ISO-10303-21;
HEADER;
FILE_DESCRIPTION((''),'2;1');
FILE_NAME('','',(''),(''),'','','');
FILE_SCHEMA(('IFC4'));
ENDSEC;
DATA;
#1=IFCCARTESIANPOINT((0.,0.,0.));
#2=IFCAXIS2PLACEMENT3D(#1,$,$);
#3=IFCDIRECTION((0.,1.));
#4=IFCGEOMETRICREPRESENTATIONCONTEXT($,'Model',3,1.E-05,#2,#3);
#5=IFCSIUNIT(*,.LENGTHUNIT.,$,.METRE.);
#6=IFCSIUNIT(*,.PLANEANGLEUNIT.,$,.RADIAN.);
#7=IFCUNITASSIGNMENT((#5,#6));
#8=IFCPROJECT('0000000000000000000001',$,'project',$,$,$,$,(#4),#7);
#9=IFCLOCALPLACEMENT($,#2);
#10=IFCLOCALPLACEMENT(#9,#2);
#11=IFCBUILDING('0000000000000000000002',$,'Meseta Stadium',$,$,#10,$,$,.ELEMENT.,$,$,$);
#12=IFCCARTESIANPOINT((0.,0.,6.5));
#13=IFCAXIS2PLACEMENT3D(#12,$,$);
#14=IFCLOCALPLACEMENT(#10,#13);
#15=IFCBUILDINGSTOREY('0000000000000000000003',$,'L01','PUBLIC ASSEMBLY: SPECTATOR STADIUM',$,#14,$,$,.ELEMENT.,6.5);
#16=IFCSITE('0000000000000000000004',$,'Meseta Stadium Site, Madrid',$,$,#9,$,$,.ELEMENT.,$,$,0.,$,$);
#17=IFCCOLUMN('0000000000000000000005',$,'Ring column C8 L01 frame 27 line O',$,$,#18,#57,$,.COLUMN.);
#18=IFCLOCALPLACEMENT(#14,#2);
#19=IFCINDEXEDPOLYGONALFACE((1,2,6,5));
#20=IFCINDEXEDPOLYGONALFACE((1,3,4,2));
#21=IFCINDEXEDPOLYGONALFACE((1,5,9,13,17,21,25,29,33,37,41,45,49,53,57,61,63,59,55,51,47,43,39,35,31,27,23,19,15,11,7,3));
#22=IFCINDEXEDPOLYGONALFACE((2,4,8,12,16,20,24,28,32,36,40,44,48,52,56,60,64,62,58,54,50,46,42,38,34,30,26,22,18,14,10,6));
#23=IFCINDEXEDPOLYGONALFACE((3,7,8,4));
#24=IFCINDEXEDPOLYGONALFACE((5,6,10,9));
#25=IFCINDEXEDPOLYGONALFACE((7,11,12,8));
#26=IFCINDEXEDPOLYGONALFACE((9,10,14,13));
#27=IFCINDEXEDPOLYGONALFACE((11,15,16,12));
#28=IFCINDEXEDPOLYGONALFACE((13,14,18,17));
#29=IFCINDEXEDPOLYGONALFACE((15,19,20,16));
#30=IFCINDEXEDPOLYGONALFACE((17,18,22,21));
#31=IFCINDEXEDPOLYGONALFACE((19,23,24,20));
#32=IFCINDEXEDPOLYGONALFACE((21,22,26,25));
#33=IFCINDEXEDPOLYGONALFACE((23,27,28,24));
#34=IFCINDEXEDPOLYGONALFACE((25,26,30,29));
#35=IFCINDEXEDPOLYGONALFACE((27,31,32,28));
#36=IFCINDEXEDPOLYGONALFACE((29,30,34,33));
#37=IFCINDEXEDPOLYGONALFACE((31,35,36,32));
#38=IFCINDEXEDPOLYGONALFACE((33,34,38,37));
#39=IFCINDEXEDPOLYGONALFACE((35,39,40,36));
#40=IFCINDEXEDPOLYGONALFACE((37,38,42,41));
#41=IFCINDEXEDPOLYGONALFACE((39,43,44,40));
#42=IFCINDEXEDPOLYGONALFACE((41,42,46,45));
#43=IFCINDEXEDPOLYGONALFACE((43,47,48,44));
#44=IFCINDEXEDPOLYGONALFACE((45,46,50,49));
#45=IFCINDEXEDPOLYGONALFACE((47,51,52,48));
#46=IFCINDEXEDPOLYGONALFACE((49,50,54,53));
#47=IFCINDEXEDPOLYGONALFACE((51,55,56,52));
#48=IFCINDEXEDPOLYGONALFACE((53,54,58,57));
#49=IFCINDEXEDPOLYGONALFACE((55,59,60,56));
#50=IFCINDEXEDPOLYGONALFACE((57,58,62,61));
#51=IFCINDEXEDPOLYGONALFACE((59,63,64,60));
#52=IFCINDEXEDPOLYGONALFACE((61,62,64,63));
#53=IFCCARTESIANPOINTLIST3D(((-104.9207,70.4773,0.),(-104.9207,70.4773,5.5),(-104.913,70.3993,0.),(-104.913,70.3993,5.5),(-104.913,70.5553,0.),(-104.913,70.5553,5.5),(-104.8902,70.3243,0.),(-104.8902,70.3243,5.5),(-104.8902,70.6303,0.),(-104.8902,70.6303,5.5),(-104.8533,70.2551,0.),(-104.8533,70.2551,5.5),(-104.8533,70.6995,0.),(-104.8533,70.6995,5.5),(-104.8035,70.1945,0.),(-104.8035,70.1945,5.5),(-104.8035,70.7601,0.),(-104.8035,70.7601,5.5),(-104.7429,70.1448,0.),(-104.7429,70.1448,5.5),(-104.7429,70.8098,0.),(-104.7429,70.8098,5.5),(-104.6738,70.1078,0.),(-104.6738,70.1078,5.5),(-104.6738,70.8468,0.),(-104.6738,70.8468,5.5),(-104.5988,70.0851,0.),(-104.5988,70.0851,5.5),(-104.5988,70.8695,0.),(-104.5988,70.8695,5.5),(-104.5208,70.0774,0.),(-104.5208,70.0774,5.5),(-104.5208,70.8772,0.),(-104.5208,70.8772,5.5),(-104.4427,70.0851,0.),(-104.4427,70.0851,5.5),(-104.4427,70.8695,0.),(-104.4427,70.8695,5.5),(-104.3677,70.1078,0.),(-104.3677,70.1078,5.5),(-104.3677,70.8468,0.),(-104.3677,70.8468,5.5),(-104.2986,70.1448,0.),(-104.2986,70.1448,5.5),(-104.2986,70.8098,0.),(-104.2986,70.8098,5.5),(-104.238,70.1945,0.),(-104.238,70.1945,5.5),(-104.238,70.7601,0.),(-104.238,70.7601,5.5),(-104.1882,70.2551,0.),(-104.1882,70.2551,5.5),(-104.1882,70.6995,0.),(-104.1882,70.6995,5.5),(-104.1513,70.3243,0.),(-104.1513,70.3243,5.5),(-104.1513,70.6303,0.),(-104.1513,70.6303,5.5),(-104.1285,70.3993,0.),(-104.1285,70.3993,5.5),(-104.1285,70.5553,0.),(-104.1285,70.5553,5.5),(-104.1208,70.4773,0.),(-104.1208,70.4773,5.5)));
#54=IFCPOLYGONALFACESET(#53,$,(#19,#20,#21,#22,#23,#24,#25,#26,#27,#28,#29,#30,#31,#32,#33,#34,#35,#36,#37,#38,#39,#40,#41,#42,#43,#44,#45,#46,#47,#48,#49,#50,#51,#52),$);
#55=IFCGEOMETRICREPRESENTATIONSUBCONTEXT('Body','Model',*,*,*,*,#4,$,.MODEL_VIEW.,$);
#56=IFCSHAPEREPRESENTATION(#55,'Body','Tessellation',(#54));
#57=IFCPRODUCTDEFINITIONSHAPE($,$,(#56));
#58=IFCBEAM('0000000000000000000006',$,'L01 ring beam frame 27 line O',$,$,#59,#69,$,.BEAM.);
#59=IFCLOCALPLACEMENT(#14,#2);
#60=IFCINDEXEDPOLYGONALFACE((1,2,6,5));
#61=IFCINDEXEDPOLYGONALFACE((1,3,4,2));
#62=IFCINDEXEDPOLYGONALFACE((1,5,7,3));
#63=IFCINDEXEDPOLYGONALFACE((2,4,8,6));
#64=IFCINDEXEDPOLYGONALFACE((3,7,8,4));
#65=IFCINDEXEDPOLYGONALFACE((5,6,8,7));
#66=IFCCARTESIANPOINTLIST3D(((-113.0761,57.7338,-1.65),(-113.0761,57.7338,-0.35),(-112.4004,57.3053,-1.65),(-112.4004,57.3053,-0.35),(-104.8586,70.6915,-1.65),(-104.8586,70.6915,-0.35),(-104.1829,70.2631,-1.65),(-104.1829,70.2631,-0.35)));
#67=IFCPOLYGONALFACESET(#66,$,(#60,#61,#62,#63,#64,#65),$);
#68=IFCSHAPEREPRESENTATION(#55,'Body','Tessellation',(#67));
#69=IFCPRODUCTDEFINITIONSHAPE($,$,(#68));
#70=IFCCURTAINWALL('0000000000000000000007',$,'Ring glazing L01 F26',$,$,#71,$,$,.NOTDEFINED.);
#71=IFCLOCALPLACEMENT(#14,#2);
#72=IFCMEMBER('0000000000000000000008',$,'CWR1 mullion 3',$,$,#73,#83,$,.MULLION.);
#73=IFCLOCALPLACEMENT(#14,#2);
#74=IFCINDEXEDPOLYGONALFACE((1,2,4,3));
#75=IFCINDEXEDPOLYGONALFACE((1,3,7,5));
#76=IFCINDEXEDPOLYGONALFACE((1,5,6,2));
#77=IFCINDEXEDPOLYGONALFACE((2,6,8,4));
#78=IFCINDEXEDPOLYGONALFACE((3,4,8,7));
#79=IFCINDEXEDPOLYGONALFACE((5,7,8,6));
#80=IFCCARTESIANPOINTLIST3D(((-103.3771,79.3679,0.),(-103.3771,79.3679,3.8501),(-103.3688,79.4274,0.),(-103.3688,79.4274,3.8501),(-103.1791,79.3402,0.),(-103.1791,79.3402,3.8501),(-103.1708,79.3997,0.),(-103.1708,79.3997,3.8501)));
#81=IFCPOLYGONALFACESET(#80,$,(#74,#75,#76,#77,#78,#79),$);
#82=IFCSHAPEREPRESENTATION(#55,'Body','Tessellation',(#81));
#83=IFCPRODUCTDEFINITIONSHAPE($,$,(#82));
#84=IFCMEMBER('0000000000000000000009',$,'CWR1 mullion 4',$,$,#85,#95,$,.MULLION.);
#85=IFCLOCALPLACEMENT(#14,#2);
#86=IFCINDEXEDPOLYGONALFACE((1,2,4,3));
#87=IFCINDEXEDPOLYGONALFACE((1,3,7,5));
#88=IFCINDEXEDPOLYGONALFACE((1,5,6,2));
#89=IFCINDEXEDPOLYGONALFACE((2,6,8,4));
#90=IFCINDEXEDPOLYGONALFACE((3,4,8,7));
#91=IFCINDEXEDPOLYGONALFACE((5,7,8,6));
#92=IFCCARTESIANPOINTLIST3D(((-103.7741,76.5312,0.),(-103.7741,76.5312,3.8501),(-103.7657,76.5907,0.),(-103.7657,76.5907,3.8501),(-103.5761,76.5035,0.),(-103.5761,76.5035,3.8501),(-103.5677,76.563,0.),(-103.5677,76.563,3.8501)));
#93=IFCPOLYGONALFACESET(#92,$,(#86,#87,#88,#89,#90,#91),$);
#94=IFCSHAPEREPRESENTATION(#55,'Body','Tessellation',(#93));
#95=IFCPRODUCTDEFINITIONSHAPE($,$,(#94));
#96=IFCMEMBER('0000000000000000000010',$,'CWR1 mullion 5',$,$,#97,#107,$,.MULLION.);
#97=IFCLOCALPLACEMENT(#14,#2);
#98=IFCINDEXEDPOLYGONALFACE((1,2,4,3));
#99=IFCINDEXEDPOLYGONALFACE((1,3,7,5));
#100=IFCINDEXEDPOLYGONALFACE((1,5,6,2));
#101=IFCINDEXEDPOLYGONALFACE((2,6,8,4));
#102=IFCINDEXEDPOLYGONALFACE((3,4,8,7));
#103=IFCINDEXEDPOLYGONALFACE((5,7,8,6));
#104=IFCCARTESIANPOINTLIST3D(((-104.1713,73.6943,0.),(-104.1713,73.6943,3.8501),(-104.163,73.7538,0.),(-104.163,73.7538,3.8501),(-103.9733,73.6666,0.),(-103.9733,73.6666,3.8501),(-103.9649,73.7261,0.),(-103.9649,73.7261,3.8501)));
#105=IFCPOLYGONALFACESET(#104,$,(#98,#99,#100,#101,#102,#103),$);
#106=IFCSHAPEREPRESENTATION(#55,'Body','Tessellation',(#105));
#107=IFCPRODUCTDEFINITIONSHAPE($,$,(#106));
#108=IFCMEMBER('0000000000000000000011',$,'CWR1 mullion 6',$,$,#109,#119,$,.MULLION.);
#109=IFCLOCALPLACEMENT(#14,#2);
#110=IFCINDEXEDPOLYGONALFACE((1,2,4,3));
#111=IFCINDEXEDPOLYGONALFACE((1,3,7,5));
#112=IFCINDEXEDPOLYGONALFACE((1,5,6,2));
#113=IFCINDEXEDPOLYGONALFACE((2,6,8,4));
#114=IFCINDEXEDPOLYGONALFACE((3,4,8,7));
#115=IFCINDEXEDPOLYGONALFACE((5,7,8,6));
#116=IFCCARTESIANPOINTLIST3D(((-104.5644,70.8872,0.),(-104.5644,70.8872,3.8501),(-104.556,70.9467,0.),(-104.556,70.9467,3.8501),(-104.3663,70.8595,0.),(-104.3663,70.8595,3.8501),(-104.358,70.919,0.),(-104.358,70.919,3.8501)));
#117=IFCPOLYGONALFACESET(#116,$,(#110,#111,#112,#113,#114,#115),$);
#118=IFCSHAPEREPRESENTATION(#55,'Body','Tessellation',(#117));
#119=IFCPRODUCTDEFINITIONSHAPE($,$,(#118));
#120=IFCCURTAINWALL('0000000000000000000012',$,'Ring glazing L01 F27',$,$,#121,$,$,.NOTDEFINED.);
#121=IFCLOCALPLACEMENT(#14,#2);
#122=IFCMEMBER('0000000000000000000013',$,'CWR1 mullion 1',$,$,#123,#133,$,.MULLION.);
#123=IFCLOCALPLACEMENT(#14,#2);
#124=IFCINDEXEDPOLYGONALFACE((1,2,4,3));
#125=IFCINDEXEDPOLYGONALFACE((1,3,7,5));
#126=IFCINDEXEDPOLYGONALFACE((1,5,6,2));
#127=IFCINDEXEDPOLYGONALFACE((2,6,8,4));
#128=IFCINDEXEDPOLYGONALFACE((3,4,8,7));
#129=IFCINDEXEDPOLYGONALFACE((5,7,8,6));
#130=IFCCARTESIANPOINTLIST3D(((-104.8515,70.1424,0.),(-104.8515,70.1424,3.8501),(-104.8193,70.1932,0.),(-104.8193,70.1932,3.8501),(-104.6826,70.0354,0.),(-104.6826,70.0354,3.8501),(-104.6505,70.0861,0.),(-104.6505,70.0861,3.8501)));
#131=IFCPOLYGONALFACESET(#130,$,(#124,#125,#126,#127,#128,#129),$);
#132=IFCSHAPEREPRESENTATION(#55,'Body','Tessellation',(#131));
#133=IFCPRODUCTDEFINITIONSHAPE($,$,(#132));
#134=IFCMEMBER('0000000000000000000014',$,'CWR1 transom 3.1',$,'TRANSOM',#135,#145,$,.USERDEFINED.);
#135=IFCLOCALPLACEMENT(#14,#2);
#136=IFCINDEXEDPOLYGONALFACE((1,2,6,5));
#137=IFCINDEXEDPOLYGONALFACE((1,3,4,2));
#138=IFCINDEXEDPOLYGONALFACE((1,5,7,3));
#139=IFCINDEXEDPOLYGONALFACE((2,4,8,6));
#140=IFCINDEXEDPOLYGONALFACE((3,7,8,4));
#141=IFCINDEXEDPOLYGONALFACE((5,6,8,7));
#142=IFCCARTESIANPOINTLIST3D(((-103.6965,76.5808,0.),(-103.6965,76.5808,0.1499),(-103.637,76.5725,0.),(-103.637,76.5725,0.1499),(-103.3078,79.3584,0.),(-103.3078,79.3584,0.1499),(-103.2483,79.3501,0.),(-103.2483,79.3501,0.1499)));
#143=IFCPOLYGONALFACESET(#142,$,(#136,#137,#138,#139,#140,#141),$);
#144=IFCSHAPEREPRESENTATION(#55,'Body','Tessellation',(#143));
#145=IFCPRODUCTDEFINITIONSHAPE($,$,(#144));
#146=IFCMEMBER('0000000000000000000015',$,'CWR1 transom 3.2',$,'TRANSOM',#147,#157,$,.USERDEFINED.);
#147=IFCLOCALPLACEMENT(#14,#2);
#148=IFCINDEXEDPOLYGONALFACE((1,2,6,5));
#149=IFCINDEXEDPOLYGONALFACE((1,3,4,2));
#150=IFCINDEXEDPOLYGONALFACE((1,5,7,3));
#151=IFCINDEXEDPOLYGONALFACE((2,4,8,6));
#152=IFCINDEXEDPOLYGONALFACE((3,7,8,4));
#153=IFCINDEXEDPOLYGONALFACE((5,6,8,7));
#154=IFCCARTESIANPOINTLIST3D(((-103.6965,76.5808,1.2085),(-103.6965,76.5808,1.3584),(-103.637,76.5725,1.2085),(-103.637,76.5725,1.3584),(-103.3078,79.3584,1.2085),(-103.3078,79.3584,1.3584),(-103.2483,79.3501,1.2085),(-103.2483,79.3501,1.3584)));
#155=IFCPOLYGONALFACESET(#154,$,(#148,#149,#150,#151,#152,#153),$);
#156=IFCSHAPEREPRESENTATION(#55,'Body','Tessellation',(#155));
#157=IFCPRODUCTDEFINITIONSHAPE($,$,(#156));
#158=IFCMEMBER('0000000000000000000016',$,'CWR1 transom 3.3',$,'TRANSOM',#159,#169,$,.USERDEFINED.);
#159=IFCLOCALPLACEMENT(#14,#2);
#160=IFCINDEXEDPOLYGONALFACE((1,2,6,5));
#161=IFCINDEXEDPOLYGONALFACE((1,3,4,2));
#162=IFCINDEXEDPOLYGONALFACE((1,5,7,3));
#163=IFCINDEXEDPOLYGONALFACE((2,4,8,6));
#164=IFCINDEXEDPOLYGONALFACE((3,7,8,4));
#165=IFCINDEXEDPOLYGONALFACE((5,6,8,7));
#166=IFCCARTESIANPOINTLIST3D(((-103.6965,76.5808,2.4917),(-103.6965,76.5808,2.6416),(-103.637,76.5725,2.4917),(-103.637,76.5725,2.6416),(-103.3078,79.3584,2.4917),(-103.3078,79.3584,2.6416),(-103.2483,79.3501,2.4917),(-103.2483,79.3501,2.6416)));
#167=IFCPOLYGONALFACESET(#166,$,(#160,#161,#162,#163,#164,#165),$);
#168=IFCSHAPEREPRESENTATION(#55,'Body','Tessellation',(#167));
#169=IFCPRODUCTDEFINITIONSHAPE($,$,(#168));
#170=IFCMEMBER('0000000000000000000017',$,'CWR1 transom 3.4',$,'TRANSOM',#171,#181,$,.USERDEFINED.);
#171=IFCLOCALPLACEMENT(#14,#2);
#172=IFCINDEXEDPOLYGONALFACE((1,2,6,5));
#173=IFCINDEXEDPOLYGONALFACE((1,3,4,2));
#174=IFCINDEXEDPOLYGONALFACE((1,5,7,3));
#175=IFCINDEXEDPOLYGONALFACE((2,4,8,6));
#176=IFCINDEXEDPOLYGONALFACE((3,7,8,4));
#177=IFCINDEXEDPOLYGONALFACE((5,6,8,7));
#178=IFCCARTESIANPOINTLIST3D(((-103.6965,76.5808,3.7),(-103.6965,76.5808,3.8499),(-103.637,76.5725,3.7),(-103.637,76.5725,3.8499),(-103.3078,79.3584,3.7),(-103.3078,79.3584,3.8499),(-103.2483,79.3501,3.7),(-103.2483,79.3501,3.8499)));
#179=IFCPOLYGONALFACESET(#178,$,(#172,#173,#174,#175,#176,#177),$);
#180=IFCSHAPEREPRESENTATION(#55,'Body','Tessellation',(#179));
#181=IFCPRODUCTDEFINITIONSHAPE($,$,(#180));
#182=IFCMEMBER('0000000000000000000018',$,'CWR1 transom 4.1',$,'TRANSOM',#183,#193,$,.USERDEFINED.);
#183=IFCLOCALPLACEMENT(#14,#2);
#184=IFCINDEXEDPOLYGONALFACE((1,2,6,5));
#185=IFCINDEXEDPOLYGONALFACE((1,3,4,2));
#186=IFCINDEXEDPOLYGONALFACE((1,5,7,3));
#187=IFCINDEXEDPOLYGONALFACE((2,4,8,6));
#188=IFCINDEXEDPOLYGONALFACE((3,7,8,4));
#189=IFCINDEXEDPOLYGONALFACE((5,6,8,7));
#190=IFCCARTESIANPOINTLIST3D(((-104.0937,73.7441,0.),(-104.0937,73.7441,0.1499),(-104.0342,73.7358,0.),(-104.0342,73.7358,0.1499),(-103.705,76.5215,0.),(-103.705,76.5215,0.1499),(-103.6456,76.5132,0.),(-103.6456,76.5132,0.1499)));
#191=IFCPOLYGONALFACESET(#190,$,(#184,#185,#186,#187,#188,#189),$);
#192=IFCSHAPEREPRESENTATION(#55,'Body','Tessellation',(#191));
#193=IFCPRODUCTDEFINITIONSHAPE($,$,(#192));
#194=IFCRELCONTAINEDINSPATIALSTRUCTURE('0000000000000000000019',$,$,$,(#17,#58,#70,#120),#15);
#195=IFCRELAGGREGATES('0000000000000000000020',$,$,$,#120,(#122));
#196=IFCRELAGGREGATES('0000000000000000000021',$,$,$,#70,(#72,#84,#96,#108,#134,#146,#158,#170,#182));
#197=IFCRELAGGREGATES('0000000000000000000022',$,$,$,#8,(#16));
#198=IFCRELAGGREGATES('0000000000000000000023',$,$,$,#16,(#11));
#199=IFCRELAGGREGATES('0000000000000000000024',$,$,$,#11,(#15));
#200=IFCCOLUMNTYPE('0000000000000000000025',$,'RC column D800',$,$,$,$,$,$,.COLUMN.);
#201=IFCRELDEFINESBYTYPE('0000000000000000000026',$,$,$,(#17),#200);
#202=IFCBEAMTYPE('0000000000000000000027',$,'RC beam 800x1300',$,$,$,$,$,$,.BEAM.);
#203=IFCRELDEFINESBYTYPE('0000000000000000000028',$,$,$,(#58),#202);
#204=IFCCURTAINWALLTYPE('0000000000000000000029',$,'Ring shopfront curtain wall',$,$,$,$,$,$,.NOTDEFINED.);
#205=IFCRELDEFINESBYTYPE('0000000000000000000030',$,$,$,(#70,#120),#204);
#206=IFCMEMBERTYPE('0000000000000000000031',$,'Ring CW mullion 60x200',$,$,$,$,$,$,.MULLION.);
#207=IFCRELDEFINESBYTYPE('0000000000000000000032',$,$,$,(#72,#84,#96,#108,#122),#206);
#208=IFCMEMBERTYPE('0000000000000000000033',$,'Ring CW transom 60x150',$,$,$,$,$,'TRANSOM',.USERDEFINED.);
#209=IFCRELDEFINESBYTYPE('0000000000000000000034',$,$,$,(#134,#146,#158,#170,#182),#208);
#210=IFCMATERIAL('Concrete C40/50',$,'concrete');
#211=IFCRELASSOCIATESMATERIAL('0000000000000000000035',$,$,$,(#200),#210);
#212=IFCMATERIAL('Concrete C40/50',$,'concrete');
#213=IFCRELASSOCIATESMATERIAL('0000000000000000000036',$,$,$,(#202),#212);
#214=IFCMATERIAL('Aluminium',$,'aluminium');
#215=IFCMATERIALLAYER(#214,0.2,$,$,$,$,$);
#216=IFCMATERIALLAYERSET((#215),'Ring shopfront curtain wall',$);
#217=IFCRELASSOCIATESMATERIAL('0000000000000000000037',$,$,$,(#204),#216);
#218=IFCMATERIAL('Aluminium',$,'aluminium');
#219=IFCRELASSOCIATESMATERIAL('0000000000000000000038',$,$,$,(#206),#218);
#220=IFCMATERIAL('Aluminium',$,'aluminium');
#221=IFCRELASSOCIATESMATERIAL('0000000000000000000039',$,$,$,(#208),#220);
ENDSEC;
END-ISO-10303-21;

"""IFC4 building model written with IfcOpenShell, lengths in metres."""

from ifc_helpers import new_model, si_unit, direction, frame, origin, origin_2d, place, context, subcontext, project, spatial, rectangle, circle, extrude, material, layer, layer_set, material_profile, profile_set, type_object, element, aggregate, save


model = new_model("IFC4")

# Units and contexts
model_context = context("Model", 3, precision=1e-05, world=origin(), true_north=direction((0.0, 1.0)))
body_context = subcontext(model_context, "Body", "Model", "MODEL_VIEW")
ifc_project = project(units=[si_unit("LENGTHUNIT", "METRE"), si_unit("PLANEANGLEUNIT", "RADIAN")], contexts=[model_context])

# Site, building, storey
site_placement = place(None, origin())
site = spatial("IfcSite", under=ifc_project, at=site_placement, Name="Meseta Stadium Site, Madrid", CompositionType="ELEMENT", RefElevation=0.0)
building_placement = place(site_placement, origin())
building = spatial("IfcBuilding", under=site, at=building_placement, Name="Meseta Stadium", CompositionType="ELEMENT")
storey_placement = place(building_placement, frame((0.0, 0.0, 6.5)))
storey = spatial("IfcBuildingStorey", under=building, at=storey_placement, Name="L01", Description="PUBLIC ASSEMBLY: SPECTATOR STADIUM", CompositionType="ELEMENT", Elevation=6.5)

# Column
ifc_material_1 = material(Name="Concrete C40/50", Category="concrete")
ifc_material_profile_1 = material_profile(ifc_material_1, circle(Radius=0.3999, at=origin_2d()), Name="RC D800")
ifc_profile_set_1 = profile_set([ifc_material_profile_1], Name="Concrete C40/50")
column_type = type_object("IfcColumnType", Name="RC column D800", PredefinedType="COLUMN", material=ifc_profile_set_1)
column_placement = place(storey_placement, frame((-104.5208, 70.4773, 0.0), z_axis=(0.0, 0.0, 1.0), x_axis=(1.0, 0.0, 0.0)))
element("IfcColumn", 1, at=column_placement, inside=storey, type_object=column_type, Name="Ring column C8 L01 frame 27 line O", PredefinedType="COLUMN", context=body_context, shape_type="SweptSolid", body=[
    extrude(circle(Radius=0.3999, at=origin_2d()), origin(), (0.0, 0.0, 1.0), 5.5),
])

# Beam
ifc_material_2 = material(Name="Concrete C40/50", Category="concrete")
ifc_material_profile_2 = material_profile(ifc_material_2, rectangle(XDim=0.8, YDim=1.3, at=origin_2d()), Name="RC 800x1300")
ifc_profile_set_2 = profile_set([ifc_material_profile_2], Name="Concrete C40/50")
beam_type = type_object("IfcBeamType", Name="RC beam 800x1300", PredefinedType="BEAM", material=ifc_profile_set_2)
beam_placement = place(storey_placement, frame((-104.5208, 70.4773, -1.0), z_axis=(-0.535561, -0.844496, 0.0), x_axis=(0.844496, -0.535561, 0.0)))
element("IfcBeam", 2, at=beam_placement, inside=storey, type_object=beam_type, Name="L01 ring beam frame 27 line O", PredefinedType="BEAM", context=body_context, shape_type="SweptSolid", body=[
    extrude(rectangle(XDim=0.8, YDim=1.3, at=origin_2d()), origin(), (0.0, 0.0, 1.0), 15.3438),
])

# Curtain wall, members
ifc_material_3 = material(Name="Aluminium", Category="aluminium")
ifc_layer_1 = layer(ifc_material_3, 0.2)
ifc_layer_set_1 = layer_set([ifc_layer_1], Name="Ring shopfront curtain wall")
curtain_wall_type = type_object("IfcCurtainWallType", Name="Ring shopfront curtain wall", PredefinedType="NOTDEFINED", material=ifc_layer_set_1)
curtain_wall_1_placement = place(storey_placement, origin())
curtain_wall_1 = element("IfcCurtainWall", 3, at=curtain_wall_1_placement, inside=storey, type_object=curtain_wall_type, Name="Ring glazing L01 F26", PredefinedType="NOTDEFINED")
ifc_material_4 = material(Name="Aluminium", Category="aluminium")
ifc_material_profile_3 = material_profile(ifc_material_4, rectangle(XDim=0.2, YDim=0.0601, at=origin_2d()), Name="CW 200x60")
ifc_profile_set_3 = profile_set([ifc_material_profile_3], Name="Aluminium")
member_type_1 = type_object("IfcMemberType", Name="Ring CW mullion 60x200", PredefinedType="MULLION", material=ifc_profile_set_3)
member_1_placement = place(storey_placement, frame((-103.2739, 79.3838, 0.0), z_axis=(0.0, 0.0, 1.0), x_axis=(0.990342, -0.138643, 0.0)))
member_1 = element("IfcMember", 4, at=member_1_placement, type_object=member_type_1, Name="CWR1 mullion 3", PredefinedType="MULLION", context=body_context, shape_type="SweptSolid", body=[
    extrude(rectangle(XDim=0.2, YDim=0.0601, at=origin_2d()), origin(), (0.0, 0.0, 1.0), 3.8501),
])
member_2_placement = place(storey_placement, frame((-103.6709, 76.5471, 0.0), z_axis=(0.0, 0.0, 1.0), x_axis=(0.990342, -0.138643, 0.0)))
member_2 = element("IfcMember", 5, at=member_2_placement, type_object=member_type_1, Name="CWR1 mullion 4", PredefinedType="MULLION", context=body_context, shape_type="SweptSolid", body=[
    extrude(rectangle(XDim=0.2, YDim=0.0601, at=origin_2d()), origin(), (0.0, 0.0, 1.0), 3.8501),
])
member_3_placement = place(storey_placement, frame((-104.0681, 73.7102, 0.0), z_axis=(0.0, 0.0, 1.0), x_axis=(0.990342, -0.138643, 0.0)))
member_3 = element("IfcMember", 6, at=member_3_placement, type_object=member_type_1, Name="CWR1 mullion 5", PredefinedType="MULLION", context=body_context, shape_type="SweptSolid", body=[
    extrude(rectangle(XDim=0.2, YDim=0.0601, at=origin_2d()), origin(), (0.0, 0.0, 1.0), 3.8501),
])
member_4_placement = place(storey_placement, frame((-104.4612, 70.9031, 0.0), z_axis=(0.0, 0.0, 1.0), x_axis=(0.990342, -0.138643, 0.0)))
member_4 = element("IfcMember", 7, at=member_4_placement, type_object=member_type_1, Name="CWR1 mullion 6", PredefinedType="MULLION", context=body_context, shape_type="SweptSolid", body=[
    extrude(rectangle(XDim=0.2, YDim=0.0601, at=origin_2d()), origin(), (0.0, 0.0, 1.0), 3.8501),
])

# Curtain wall, member
curtain_wall_2_placement = place(storey_placement, origin())
curtain_wall_2 = element("IfcCurtainWall", 8, at=curtain_wall_2_placement, inside=storey, type_object=curtain_wall_type, Name="Ring glazing L01 F27", PredefinedType="NOTDEFINED")
member_5_placement = place(storey_placement, frame((-104.751, 70.1143, 0.0), z_axis=(0.0, 0.0, 1.0), x_axis=(0.844491, -0.535569, 0.0)))
member_5 = element("IfcMember", 9, at=member_5_placement, type_object=member_type_1, Name="CWR1 mullion 1", PredefinedType="MULLION", context=body_context, shape_type="SweptSolid", body=[
    extrude(rectangle(XDim=0.2, YDim=0.0601, at=origin_2d()), origin(), (0.0, 0.0, 1.0), 3.8501),
])

# Members
ifc_material_5 = material(Name="Aluminium", Category="aluminium")
ifc_material_profile_4 = material_profile(ifc_material_5, rectangle(XDim=0.0601, YDim=0.1499, at=origin_2d()), Name="CW 60x150")
ifc_profile_set_4 = profile_set([ifc_material_profile_4], Name="Aluminium")
member_type_2 = type_object("IfcMemberType", Name="Ring CW transom 60x150", ElementType="TRANSOM", PredefinedType="USERDEFINED", material=ifc_profile_set_4)
member_6_placement = place(storey_placement, frame((-103.2781, 79.3542, 0.075), z_axis=(-0.138581, -0.990351, 0.0), x_axis=(0.990351, -0.138581, 0.0)))
member_6 = element("IfcMember", 10, at=member_6_placement, type_object=member_type_2, Name="CWR1 transom 3.1", ObjectType="TRANSOM", PredefinedType="USERDEFINED", context=body_context, shape_type="SweptSolid", body=[
    extrude(rectangle(XDim=0.0601, YDim=0.1499, at=origin_2d()), origin(), (0.0, 0.0, 1.0), 2.8047),
])
member_7_placement = place(storey_placement, frame((-103.2781, 79.3542, 1.2834), z_axis=(-0.138581, -0.990351, 0.0), x_axis=(0.990351, -0.138581, 0.0)))
member_7 = element("IfcMember", 11, at=member_7_placement, type_object=member_type_2, Name="CWR1 transom 3.2", ObjectType="TRANSOM", PredefinedType="USERDEFINED", context=body_context, shape_type="SweptSolid", body=[
    extrude(rectangle(XDim=0.0601, YDim=0.1499, at=origin_2d()), origin(), (0.0, 0.0, 1.0), 2.8047),
])
member_8_placement = place(storey_placement, frame((-103.2781, 79.3542, 2.5667), z_axis=(-0.138581, -0.990351, 0.0), x_axis=(0.990351, -0.138581, 0.0)))
member_8 = element("IfcMember", 12, at=member_8_placement, type_object=member_type_2, Name="CWR1 transom 3.3", ObjectType="TRANSOM", PredefinedType="USERDEFINED", context=body_context, shape_type="SweptSolid", body=[
    extrude(rectangle(XDim=0.0601, YDim=0.1499, at=origin_2d()), origin(), (0.0, 0.0, 1.0), 2.8047),
])
member_9_placement = place(storey_placement, frame((-103.2781, 79.3542, 3.7749), z_axis=(-0.138581, -0.990351, 0.0), x_axis=(0.990351, -0.138581, 0.0)))
member_9 = element("IfcMember", 13, at=member_9_placement, type_object=member_type_2, Name="CWR1 transom 3.4", ObjectType="TRANSOM", PredefinedType="USERDEFINED", context=body_context, shape_type="SweptSolid", body=[
    extrude(rectangle(XDim=0.0601, YDim=0.1499, at=origin_2d()), origin(), (0.0, 0.0, 1.0), 2.8047),
])
member_10_placement = place(storey_placement, frame((-103.6753, 76.5173, 0.075), z_axis=(-0.138593, -0.990349, 0.0), x_axis=(0.990349, -0.138593, 0.0)))
member_10 = element("IfcMember", 14, at=member_10_placement, type_object=member_type_2, Name="CWR1 transom 4.1", ObjectType="TRANSOM", PredefinedType="USERDEFINED", context=body_context, shape_type="SweptSolid", body=[
    extrude(rectangle(XDim=0.0601, YDim=0.1499, at=origin_2d()), origin(), (0.0, 0.0, 1.0), 2.8044),
])
aggregate(curtain_wall_2, [member_5])

aggregate(curtain_wall_1, [member_1, member_2, member_3, member_4, member_6, member_7, member_8, member_9, member_10])

save(model, "model.ifc")
